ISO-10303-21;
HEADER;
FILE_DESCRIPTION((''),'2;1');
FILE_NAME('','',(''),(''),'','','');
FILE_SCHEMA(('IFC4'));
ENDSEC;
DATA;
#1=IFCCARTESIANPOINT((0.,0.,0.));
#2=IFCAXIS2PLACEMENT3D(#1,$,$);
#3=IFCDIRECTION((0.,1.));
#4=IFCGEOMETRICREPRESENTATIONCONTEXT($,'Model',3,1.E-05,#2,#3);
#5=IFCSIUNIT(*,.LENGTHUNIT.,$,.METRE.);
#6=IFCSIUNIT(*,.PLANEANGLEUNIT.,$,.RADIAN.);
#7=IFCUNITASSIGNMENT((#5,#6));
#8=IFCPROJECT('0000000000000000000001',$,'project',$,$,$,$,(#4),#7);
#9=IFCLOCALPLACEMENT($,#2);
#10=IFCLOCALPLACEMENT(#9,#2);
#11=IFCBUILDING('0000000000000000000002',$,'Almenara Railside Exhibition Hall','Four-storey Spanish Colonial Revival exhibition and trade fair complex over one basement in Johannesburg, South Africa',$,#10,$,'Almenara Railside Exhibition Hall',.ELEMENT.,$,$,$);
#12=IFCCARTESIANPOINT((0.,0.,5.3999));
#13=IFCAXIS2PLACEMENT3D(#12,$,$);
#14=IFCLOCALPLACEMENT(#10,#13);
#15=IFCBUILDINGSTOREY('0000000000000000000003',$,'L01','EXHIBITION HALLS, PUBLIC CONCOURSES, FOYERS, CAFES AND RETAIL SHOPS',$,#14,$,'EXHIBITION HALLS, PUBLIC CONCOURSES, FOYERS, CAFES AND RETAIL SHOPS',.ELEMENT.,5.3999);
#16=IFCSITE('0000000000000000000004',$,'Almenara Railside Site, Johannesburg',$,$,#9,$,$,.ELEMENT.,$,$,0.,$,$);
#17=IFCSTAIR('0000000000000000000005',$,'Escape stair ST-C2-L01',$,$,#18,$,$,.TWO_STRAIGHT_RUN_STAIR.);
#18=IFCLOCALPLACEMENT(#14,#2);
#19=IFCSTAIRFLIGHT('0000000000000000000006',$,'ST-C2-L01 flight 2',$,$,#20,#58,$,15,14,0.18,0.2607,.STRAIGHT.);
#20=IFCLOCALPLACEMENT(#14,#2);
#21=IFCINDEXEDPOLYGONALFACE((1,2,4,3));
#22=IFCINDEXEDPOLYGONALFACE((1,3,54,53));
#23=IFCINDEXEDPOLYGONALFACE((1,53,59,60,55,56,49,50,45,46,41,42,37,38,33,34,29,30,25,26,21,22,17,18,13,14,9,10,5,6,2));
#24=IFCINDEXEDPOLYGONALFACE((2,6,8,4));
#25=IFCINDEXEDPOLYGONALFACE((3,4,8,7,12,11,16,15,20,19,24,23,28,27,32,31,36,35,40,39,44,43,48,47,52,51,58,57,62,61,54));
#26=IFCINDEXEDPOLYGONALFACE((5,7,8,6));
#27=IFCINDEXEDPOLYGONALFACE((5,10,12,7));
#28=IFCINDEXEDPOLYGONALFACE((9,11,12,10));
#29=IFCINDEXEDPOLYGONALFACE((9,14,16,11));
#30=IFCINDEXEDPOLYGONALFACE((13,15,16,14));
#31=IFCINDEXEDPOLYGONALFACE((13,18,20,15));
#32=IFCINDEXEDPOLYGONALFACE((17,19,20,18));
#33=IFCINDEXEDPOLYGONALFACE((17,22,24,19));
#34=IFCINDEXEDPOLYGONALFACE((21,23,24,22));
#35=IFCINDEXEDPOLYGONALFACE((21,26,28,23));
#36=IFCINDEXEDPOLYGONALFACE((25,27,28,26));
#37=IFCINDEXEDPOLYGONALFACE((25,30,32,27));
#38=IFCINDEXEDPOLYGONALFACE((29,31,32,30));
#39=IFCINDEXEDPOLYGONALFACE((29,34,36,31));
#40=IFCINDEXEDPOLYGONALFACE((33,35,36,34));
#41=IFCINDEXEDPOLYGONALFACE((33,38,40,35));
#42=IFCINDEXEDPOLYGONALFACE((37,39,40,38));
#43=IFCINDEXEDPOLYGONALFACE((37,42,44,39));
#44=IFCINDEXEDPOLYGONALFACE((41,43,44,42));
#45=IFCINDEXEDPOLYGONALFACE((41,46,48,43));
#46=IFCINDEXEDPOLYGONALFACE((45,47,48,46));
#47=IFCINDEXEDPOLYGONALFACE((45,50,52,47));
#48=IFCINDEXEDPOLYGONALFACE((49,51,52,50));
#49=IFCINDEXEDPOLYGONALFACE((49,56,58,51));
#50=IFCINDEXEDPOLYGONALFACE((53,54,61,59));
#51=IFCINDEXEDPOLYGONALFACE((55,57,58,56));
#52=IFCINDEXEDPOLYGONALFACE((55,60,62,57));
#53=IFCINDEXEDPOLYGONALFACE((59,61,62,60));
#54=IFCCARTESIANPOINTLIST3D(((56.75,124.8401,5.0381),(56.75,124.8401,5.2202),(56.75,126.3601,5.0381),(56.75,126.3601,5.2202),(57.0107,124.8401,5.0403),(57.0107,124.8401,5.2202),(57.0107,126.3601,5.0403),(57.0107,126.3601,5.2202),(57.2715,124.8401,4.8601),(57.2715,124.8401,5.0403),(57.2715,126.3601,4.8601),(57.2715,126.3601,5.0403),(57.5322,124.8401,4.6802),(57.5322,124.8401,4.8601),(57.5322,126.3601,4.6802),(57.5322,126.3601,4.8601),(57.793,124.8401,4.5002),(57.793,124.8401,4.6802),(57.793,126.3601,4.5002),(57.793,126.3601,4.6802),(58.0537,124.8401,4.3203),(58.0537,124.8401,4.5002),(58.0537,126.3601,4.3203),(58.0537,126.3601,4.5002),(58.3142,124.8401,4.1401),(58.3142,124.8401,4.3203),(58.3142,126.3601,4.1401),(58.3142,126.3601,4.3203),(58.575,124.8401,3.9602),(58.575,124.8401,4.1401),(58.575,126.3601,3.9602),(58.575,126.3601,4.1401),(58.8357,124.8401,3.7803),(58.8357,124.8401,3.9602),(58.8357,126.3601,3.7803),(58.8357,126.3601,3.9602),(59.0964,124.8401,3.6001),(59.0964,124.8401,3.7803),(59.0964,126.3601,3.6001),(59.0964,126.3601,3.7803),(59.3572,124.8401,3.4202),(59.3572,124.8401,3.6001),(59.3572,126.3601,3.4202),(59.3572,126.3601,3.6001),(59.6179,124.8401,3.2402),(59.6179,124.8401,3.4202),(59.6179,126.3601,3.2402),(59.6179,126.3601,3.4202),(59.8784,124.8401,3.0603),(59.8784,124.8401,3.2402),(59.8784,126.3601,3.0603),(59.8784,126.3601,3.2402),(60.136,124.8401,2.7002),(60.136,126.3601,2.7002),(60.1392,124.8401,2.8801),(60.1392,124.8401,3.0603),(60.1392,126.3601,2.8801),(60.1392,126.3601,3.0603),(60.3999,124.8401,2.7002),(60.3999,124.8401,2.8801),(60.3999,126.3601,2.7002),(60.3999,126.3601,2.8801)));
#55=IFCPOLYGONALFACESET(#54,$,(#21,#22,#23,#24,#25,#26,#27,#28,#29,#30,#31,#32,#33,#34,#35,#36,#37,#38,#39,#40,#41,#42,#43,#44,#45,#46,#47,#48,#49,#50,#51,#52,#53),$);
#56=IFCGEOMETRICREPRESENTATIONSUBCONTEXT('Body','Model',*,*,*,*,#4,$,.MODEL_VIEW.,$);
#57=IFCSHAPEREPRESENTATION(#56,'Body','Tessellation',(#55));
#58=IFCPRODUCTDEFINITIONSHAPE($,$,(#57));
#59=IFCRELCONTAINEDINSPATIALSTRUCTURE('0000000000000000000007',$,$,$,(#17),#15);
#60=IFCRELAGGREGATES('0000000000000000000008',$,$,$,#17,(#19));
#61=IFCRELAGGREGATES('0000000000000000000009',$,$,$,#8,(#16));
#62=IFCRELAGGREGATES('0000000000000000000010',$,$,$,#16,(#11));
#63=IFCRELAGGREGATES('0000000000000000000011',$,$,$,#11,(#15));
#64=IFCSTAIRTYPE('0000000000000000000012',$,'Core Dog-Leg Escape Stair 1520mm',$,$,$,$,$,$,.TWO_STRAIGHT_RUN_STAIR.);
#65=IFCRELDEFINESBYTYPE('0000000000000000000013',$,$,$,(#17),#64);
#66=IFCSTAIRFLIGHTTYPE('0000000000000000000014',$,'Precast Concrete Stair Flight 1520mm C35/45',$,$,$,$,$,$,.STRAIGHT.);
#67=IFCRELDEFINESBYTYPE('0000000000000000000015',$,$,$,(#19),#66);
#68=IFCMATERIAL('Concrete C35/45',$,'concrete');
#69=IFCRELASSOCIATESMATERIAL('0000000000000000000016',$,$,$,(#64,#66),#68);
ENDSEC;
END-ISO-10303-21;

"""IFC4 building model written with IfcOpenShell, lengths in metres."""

from ifc_helpers import new_model, si_unit, direction, frame, origin, place, context, subcontext, project, spatial, polyline, outline, extrude, material, type_object, element, aggregate, save


model = new_model("IFC4")

# Units and contexts
model_context = context("Model", 3, precision=1e-05, world=origin(), true_north=direction((0.0, 1.0)))
body_context = subcontext(model_context, "Body", "Model", "MODEL_VIEW")
ifc_project = project(units=[si_unit("LENGTHUNIT", "METRE"), si_unit("PLANEANGLEUNIT", "RADIAN")], contexts=[model_context])

# Site, building, storey
site_placement = place(None, origin())
site = spatial("IfcSite", under=ifc_project, at=site_placement, Name="Almenara Railside Site, Johannesburg", CompositionType="ELEMENT", RefElevation=0.0)
building_placement = place(site_placement, origin())
building = spatial("IfcBuilding", under=site, at=building_placement, Name="Almenara Railside Exhibition Hall", Description="Four-storey Spanish Colonial Revival exhibition and trade fair complex over one basement in Johannesburg, South Africa", LongName="Almenara Railside Exhibition Hall", CompositionType="ELEMENT")
storey_placement = place(building_placement, frame((0.0, 0.0, 5.3999)))
storey = spatial("IfcBuildingStorey", under=building, at=storey_placement, Name="L01", Description="EXHIBITION HALLS, PUBLIC CONCOURSES, FOYERS, CAFES AND RETAIL SHOPS", LongName="EXHIBITION HALLS, PUBLIC CONCOURSES, FOYERS, CAFES AND RETAIL SHOPS", CompositionType="ELEMENT", Elevation=5.3999)

# Shared definitions
ifc_material_1 = material(Name="Concrete C35/45", Category="concrete")

# Stair, stair flight
stair_type = type_object("IfcStairType", Name="Core Dog-Leg Escape Stair 1520mm", PredefinedType="TWO_STRAIGHT_RUN_STAIR", material=ifc_material_1)
stair_placement = place(storey_placement, origin())
stair = element("IfcStair", 1, at=stair_placement, inside=storey, type_object=stair_type, Name="Escape stair ST-C2-L01", PredefinedType="TWO_STRAIGHT_RUN_STAIR")
stair_flight_type = type_object("IfcStairFlightType", Name="Precast Concrete Stair Flight 1520mm C35/45", PredefinedType="STRAIGHT", material=ifc_material_1)
stair_flight_1_placement = place(storey_placement, frame((60.3999, 125.6001, 2.7002), z_axis=(0.0, 0.0, 1.0), x_axis=(-1.0, 0.0, 0.0)))
stair_flight_1 = element("IfcStairFlight", 2, at=stair_flight_1_placement, type_object=stair_flight_type, Name="ST-C2-L01 flight 2", NumberOfRisers=15, NumberOfTreads=14, PredefinedType="STRAIGHT", RiserHeight=0.18, TreadLength=0.2607, context=body_context, shape_type="SweptSolid", body=[
    extrude(outline(polyline([(0.0, 0.0), (0.0, 0.1799), (0.2607, 0.1799), (0.2607, 0.3601), (0.5215, 0.3601), (0.5215, 0.54), (0.782, 0.54), (0.782, 0.72), (1.0427, 0.72), (1.0427, 0.8999), (1.3035, 0.8999), (1.3035, 1.0801), (1.5642, 1.0801), (1.5642, 1.26), (1.825, 1.26), (1.825, 1.4399), (2.0857, 1.4399), (2.0857, 1.6201), (2.3462, 1.6201), (2.3462, 1.8), (2.6069, 1.8), (2.6069, 1.98), (2.8677, 1.98), (2.8677, 2.1599), (3.1284, 2.1599), (3.1284, 2.3401), (3.3892, 2.3401), (3.3892, 2.52), (3.6499, 2.52), (3.6499, 2.7), (3.6499, 2.3379), (0.2639, 0.0), (0.0, 0.0)])), frame((0.0, 0.76, 0.0), z_axis=(0.0, -1.0, 0.0), x_axis=(1.0, 0.0, 0.0)), (0.0, 0.0, 1.0), 1.52),
])
aggregate(stair, [stair_flight_1])

save(model, "model.ifc")
